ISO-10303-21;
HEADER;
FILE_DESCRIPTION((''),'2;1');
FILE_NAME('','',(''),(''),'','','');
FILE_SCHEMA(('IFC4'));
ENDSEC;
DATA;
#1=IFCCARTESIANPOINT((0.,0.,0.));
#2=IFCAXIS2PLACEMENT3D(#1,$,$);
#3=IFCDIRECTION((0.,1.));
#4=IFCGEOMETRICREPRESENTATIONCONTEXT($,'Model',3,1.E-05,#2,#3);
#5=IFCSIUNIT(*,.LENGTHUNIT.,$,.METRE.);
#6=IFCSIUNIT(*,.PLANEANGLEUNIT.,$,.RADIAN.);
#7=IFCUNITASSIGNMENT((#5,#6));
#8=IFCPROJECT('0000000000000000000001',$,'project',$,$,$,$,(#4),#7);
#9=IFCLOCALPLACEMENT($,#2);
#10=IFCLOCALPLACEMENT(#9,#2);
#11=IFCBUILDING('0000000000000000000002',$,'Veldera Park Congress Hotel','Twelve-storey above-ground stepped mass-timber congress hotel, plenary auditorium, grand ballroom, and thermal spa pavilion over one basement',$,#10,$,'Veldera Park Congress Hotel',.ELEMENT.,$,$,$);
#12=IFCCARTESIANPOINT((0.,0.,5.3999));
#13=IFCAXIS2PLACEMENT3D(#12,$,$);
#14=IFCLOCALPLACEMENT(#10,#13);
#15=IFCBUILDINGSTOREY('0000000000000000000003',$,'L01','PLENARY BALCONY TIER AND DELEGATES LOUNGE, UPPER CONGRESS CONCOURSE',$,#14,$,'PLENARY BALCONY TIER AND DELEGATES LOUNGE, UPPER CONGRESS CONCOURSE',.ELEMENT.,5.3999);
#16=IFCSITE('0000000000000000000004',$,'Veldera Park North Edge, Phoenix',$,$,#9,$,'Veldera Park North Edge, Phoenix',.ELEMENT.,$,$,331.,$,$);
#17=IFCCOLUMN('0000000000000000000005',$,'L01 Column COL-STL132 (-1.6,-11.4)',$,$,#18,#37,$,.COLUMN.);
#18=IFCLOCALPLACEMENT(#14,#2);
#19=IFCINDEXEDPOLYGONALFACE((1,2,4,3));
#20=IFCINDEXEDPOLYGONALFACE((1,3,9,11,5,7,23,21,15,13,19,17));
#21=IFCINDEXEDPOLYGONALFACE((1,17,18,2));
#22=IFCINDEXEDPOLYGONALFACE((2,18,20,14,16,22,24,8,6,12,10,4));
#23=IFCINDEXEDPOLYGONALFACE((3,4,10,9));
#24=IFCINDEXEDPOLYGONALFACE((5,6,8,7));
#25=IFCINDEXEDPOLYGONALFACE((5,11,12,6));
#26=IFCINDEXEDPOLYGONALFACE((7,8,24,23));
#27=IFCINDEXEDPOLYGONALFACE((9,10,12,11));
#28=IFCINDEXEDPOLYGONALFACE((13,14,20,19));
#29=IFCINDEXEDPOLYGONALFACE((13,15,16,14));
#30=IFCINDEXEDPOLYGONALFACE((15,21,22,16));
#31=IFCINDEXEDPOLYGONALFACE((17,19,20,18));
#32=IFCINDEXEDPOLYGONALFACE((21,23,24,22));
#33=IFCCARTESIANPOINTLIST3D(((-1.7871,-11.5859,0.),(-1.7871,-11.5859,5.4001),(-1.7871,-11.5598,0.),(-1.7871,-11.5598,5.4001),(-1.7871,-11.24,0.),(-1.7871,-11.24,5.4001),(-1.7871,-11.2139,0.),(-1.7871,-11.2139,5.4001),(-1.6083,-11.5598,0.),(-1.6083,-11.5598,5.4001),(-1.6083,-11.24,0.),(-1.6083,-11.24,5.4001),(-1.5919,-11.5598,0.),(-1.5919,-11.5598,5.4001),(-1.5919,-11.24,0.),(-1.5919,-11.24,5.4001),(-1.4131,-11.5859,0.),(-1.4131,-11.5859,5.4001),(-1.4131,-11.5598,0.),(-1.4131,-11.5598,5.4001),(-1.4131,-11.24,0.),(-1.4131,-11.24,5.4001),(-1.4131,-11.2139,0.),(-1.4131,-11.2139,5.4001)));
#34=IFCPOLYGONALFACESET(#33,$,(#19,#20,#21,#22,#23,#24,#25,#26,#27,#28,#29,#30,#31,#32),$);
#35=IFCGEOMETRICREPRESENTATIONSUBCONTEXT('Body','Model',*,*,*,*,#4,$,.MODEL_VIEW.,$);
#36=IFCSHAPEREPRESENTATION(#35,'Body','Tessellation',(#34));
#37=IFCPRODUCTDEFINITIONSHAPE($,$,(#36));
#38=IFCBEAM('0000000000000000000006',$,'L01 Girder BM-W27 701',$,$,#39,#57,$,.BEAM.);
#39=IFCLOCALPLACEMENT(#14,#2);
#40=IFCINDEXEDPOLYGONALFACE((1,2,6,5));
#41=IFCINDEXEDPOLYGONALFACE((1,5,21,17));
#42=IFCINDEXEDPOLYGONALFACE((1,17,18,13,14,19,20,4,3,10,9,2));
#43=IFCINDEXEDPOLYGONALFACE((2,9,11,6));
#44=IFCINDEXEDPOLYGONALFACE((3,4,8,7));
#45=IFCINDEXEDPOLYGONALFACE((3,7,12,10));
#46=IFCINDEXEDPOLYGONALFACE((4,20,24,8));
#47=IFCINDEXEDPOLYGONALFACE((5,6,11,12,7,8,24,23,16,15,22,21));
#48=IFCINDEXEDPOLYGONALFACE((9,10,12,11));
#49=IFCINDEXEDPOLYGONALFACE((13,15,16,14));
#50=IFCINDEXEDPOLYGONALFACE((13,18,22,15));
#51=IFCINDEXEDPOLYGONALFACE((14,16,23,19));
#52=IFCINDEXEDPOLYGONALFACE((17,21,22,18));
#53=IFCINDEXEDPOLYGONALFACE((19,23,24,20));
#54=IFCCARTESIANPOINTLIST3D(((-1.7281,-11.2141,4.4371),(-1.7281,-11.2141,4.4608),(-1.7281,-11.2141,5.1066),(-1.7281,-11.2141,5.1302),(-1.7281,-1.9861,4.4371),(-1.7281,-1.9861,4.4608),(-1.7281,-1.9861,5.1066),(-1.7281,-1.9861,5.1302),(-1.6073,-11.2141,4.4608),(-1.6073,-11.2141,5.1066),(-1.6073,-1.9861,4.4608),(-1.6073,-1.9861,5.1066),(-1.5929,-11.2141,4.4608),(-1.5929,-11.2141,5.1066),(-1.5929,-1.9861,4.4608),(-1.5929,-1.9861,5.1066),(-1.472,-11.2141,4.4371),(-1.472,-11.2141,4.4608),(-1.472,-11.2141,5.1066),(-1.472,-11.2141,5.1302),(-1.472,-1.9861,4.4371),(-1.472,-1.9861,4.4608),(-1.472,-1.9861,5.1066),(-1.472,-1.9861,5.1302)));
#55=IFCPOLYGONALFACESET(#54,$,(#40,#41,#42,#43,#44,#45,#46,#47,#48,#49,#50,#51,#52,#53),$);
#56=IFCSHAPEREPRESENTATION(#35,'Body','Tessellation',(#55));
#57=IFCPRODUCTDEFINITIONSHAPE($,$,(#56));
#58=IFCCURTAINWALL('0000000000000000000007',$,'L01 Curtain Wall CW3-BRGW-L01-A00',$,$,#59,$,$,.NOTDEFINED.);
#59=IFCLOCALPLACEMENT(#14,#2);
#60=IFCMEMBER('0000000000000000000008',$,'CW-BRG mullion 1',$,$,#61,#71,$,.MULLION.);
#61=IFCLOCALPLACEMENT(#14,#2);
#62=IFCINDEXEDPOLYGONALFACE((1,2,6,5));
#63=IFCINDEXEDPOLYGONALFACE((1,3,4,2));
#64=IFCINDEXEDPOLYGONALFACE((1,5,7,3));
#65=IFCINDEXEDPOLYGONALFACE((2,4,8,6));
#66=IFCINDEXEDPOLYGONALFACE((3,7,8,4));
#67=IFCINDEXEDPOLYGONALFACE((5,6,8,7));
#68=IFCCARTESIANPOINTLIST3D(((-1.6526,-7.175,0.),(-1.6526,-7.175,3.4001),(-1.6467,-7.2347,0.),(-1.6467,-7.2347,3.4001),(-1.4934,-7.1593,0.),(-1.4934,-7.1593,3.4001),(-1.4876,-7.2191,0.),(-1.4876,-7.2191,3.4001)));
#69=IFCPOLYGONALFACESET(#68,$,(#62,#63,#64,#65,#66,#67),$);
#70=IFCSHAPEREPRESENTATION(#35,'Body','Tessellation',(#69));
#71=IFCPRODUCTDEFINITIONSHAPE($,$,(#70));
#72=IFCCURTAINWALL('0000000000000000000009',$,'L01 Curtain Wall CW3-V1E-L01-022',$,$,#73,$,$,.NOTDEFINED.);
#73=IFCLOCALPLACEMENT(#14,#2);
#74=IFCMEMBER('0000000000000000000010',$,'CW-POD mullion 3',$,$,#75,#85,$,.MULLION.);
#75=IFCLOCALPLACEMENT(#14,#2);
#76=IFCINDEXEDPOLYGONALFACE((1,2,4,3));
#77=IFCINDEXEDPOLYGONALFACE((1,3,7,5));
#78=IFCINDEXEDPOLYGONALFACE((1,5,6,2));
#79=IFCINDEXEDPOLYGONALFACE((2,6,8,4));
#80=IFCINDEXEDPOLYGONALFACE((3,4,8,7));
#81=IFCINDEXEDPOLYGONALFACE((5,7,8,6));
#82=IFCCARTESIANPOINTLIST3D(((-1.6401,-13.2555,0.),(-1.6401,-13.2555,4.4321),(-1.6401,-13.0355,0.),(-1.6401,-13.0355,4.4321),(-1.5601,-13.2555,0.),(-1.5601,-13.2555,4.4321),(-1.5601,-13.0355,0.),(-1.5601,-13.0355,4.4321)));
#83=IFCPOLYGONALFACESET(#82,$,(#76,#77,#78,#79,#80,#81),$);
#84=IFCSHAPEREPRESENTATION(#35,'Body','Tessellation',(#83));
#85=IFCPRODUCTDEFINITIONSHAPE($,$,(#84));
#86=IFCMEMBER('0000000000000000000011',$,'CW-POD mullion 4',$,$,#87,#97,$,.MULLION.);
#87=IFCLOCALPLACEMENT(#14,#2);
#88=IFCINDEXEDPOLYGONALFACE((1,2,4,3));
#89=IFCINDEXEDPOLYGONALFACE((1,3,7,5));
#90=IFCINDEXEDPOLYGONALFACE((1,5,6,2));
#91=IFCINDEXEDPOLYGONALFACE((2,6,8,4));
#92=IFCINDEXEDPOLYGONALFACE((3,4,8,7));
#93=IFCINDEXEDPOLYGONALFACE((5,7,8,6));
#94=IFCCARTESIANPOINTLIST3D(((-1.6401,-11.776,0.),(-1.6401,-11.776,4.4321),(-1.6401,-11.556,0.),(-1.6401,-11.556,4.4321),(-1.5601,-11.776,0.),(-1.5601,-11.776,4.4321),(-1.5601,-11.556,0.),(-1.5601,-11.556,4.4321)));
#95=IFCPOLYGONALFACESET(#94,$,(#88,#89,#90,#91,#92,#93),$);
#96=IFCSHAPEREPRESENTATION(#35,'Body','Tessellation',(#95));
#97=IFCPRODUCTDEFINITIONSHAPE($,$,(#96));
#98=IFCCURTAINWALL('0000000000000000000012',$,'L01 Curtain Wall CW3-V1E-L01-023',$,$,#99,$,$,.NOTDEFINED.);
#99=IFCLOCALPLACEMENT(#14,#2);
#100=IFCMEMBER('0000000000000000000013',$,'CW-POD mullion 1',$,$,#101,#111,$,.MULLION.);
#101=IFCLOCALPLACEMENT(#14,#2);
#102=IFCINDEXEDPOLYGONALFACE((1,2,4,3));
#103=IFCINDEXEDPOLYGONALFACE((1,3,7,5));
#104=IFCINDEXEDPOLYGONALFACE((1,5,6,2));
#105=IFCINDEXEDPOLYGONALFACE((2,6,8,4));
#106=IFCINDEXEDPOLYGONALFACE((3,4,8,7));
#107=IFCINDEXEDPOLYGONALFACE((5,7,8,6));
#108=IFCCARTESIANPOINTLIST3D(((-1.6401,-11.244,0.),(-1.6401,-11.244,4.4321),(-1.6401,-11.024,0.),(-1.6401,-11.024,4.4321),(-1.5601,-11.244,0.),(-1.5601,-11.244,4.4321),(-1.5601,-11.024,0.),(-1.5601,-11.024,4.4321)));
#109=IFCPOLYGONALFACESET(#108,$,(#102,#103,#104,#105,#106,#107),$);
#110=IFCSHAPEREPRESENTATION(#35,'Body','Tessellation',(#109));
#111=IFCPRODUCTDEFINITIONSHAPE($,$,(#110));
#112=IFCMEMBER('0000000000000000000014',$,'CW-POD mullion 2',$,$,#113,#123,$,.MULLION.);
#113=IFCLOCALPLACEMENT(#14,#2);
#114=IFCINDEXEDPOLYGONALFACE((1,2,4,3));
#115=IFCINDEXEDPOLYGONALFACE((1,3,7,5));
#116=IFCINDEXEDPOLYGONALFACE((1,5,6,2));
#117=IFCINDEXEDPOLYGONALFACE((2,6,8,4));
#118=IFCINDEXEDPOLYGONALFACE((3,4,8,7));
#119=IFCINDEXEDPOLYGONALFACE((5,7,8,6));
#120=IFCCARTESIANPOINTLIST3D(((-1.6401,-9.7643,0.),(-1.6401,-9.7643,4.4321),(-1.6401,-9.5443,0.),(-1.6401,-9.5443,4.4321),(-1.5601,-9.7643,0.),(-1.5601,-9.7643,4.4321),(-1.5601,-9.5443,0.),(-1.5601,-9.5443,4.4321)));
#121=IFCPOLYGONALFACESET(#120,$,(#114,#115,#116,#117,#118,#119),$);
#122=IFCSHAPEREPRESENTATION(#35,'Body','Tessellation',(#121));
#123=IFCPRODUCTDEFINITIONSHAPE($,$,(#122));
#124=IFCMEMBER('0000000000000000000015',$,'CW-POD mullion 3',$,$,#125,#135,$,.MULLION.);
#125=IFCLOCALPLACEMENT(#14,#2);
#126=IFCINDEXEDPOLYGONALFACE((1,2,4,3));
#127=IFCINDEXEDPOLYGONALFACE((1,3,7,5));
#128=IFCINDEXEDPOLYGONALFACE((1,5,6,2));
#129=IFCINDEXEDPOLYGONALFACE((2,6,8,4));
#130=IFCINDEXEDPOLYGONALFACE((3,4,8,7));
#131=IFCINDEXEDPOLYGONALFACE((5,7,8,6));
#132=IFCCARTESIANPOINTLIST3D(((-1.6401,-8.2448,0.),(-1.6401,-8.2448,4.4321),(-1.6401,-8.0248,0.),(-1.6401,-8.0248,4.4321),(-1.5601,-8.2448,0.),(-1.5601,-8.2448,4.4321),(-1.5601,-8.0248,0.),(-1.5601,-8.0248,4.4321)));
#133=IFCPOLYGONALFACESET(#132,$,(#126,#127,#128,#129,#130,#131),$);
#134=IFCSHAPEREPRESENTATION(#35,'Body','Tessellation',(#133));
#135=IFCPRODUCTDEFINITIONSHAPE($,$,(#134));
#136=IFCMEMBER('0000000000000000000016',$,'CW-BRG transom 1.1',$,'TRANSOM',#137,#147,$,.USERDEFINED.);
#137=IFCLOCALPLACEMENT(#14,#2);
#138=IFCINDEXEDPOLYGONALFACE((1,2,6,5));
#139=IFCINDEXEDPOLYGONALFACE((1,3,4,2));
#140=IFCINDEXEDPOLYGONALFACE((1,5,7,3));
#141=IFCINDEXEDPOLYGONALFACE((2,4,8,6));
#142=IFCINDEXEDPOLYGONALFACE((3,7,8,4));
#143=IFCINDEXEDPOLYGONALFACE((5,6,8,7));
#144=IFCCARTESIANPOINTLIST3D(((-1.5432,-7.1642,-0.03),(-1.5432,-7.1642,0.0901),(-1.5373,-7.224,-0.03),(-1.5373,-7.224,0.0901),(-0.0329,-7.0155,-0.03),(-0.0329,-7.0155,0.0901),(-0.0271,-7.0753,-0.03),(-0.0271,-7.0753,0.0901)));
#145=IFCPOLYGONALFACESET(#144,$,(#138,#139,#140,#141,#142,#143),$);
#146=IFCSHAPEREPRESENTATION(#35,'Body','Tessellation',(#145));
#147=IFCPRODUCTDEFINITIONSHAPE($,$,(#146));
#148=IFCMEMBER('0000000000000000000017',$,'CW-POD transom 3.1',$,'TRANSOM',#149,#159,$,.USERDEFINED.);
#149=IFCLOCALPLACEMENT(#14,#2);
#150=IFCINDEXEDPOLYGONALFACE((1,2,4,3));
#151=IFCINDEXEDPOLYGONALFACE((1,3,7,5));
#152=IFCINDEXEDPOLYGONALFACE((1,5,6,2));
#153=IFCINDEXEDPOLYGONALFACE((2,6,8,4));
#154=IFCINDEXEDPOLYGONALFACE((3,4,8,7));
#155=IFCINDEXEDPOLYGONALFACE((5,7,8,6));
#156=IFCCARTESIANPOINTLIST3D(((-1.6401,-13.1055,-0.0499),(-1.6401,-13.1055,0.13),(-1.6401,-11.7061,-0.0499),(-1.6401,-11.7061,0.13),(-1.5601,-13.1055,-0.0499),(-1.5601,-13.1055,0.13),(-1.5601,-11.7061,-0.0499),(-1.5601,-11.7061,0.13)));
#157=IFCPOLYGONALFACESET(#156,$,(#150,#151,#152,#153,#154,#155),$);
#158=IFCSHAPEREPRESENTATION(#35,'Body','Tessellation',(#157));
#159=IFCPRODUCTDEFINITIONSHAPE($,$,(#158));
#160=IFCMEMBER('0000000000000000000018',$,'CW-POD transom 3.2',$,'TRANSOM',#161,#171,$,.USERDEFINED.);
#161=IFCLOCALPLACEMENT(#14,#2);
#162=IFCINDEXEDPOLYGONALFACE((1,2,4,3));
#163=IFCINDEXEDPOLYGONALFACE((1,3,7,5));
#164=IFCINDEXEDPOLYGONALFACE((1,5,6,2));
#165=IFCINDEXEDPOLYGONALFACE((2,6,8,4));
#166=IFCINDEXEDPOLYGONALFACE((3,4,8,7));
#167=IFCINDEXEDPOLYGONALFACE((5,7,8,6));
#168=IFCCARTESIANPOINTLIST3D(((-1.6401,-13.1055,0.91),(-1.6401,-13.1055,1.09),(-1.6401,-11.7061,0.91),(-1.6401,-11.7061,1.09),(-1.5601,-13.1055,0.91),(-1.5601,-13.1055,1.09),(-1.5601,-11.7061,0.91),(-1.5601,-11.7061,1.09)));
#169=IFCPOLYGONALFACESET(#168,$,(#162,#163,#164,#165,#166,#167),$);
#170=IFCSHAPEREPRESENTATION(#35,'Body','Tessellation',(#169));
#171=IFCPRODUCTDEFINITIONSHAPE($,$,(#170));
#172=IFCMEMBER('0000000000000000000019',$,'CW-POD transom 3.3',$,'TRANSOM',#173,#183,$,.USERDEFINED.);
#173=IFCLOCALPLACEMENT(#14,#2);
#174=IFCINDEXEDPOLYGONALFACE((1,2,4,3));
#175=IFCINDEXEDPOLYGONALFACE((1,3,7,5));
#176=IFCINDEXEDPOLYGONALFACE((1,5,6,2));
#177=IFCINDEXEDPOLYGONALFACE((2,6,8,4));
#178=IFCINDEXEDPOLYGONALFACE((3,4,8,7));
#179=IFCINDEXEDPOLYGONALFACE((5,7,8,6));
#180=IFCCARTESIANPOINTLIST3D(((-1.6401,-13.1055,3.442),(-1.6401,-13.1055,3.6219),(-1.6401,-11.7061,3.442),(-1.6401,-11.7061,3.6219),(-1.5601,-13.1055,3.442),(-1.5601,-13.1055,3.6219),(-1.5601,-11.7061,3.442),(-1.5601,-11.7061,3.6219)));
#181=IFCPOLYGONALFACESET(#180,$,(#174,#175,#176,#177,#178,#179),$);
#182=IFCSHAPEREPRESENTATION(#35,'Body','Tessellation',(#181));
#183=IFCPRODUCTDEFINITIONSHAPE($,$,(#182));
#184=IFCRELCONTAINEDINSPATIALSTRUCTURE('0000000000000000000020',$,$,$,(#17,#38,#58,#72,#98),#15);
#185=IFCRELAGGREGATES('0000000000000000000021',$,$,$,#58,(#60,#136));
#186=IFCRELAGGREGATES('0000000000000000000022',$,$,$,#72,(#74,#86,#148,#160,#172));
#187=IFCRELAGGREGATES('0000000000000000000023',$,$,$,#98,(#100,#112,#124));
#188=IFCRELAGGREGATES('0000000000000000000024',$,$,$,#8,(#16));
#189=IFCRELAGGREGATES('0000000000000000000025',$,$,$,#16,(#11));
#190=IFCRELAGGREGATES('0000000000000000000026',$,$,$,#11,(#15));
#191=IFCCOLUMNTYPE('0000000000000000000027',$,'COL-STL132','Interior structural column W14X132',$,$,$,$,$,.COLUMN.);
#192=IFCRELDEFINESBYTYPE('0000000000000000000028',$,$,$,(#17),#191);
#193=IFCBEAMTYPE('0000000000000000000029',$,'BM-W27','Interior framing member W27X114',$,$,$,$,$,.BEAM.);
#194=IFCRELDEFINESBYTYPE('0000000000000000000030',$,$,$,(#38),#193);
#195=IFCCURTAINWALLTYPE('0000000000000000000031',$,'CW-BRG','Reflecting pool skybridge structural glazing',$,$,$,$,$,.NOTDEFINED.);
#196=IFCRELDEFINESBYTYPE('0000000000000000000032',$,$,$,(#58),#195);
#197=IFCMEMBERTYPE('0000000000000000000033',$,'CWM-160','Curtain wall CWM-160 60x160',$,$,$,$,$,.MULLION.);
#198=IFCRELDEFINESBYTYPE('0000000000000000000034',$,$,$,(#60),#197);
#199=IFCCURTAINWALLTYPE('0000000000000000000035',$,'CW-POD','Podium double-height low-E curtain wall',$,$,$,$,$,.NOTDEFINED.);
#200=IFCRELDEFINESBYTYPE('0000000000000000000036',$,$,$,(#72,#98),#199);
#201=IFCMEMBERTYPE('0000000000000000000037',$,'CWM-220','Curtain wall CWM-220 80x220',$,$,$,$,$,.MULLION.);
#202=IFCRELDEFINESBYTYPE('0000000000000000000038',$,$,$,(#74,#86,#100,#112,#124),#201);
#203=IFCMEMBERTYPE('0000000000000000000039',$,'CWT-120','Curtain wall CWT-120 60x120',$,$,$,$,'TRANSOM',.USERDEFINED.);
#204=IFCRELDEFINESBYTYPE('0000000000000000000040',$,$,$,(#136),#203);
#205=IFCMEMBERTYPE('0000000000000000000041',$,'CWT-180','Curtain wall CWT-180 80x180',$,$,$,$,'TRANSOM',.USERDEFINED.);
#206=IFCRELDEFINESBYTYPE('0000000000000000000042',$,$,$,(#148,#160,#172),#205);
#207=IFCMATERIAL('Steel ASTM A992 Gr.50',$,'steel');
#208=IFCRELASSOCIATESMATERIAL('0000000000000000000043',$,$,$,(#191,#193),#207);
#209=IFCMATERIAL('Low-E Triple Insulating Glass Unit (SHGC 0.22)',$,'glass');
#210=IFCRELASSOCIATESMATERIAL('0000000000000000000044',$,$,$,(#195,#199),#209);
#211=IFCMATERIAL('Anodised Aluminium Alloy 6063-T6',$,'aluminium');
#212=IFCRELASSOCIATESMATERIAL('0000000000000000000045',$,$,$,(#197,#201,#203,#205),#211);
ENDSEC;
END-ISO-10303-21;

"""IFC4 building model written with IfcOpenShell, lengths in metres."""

from ifc_helpers import new_model, si_unit, direction, frame, origin, origin_2d, place, context, subcontext, project, spatial, rectangle, i_section, extrude, material, material_profile, profile_set, type_object, element, aggregate, save


model = new_model("IFC4")

# Units and contexts
model_context = context("Model", 3, precision=1e-05, world=origin(), true_north=direction((0.0, 1.0)))
body_context = subcontext(model_context, "Body", "Model", "MODEL_VIEW")
ifc_project = project(units=[si_unit("LENGTHUNIT", "METRE"), si_unit("PLANEANGLEUNIT", "RADIAN")], contexts=[model_context])

# Site, building, storey
site_placement = place(None, origin())
site = spatial("IfcSite", under=ifc_project, at=site_placement, Name="Veldera Park North Edge, Phoenix", LongName="Veldera Park North Edge, Phoenix", CompositionType="ELEMENT", RefElevation=331.0)
building_placement = place(site_placement, origin())
building = spatial("IfcBuilding", under=site, at=building_placement, Name="Veldera Park Congress Hotel", Description="Twelve-storey above-ground stepped mass-timber congress hotel, plenary auditorium, grand ballroom, and thermal spa pavilion over one basement", LongName="Veldera Park Congress Hotel", CompositionType="ELEMENT")
storey_placement = place(building_placement, frame((0.0, 0.0, 5.3999)))
storey = spatial("IfcBuildingStorey", under=building, at=storey_placement, Name="L01", Description="PLENARY BALCONY TIER AND DELEGATES LOUNGE, UPPER CONGRESS CONCOURSE", LongName="PLENARY BALCONY TIER AND DELEGATES LOUNGE, UPPER CONGRESS CONCOURSE", CompositionType="ELEMENT", Elevation=5.3999)

# Column
ifc_material_1 = material(Name="Steel ASTM A992 Gr.50", Category="steel")
ifc_material_profile_1 = material_profile(ifc_material_1, i_section(OverallWidth=0.374, OverallDepth=0.3721, WebThickness=0.0164, FlangeThickness=0.0261, at=origin_2d()), Name="W14X132")
ifc_profile_set_1 = profile_set([ifc_material_profile_1], Name="Steel ASTM A992 Gr.50")
column_type = type_object("IfcColumnType", Name="COL-STL132", Description="Interior structural column W14X132", PredefinedType="COLUMN", material=ifc_profile_set_1)
column_placement = place(storey_placement, frame((-1.6001, -11.3999, 0.0), z_axis=(0.0, 0.0, 1.0), x_axis=(1.0, 0.0, 0.0)))
element("IfcColumn", 1, at=column_placement, inside=storey, type_object=column_type, Name="L01 Column COL-STL132 (-1.6,-11.4)", PredefinedType="COLUMN", context=body_context, shape_type="SweptSolid", body=[
    extrude(i_section(OverallWidth=0.374, OverallDepth=0.3721, WebThickness=0.0164, FlangeThickness=0.0261, at=origin_2d()), origin(), (0.0, 0.0, 1.0), 5.4001),
])

# Beam
ifc_material_profile_2 = material_profile(ifc_material_1, i_section(OverallWidth=0.2561, OverallDepth=0.6931, WebThickness=0.0144, FlangeThickness=0.0237, at=origin_2d()), Name="W27X114")
ifc_profile_set_2 = profile_set([ifc_material_profile_2], Name="Steel ASTM A992 Gr.50")
beam_type = type_object("IfcBeamType", Name="BM-W27", Description="Interior framing member W27X114", PredefinedType="BEAM", material=ifc_profile_set_2)
beam_placement = place(storey_placement, frame((-1.6001, -11.2141, 4.7837), z_axis=(0.0, 1.0, 0.0), x_axis=(-1.0, 0.0, 0.0)))
element("IfcBeam", 2, at=beam_placement, inside=storey, type_object=beam_type, Name="L01 Girder BM-W27 701", PredefinedType="BEAM", context=body_context, shape_type="SweptSolid", body=[
    extrude(i_section(OverallWidth=0.2561, OverallDepth=0.6931, WebThickness=0.0144, FlangeThickness=0.0237, at=origin_2d()), origin(), (0.0, 0.0, 1.0), 9.228),
])

# Curtain wall, member
ifc_material_2 = material(Name="Low-E Triple Insulating Glass Unit (SHGC 0.22)", Category="glass")
curtain_wall_type_1 = type_object("IfcCurtainWallType", Name="CW-BRG", Description="Reflecting pool skybridge structural glazing", PredefinedType="NOTDEFINED", material=ifc_material_2)
curtain_wall_1_placement = place(storey_placement, origin())
curtain_wall_1 = element("IfcCurtainWall", 3, at=curtain_wall_1_placement, inside=storey, type_object=curtain_wall_type_1, Name="L01 Curtain Wall CW3-BRGW-L01-A00", PredefinedType="NOTDEFINED")
ifc_material_3 = material(Name="Anodised Aluminium Alloy 6063-T6", Category="aluminium")
ifc_material_profile_3 = material_profile(ifc_material_3, rectangle(XDim=0.0601, YDim=0.1599, at=origin_2d()), Name="ALU 60x160")
ifc_profile_set_3 = profile_set([ifc_material_profile_3], Name="Anodised Aluminium Alloy 6063-T6")
member_type_1 = type_object("IfcMemberType", Name="CWM-160", Description="Curtain wall CWM-160 60x160", PredefinedType="MULLION", material=ifc_profile_set_3)
member_1_placement = place(storey_placement, frame((-1.5701, -7.197, 0.0), z_axis=(0.0, 0.0, 1.0), x_axis=(-0.098021, 0.995184, 0.0)))
member_1 = element("IfcMember", 4, at=member_1_placement, type_object=member_type_1, Name="CW-BRG mullion 1", PredefinedType="MULLION", context=body_context, shape_type="SweptSolid", body=[
    extrude(rectangle(XDim=0.0601, YDim=0.1599, at=origin_2d()), origin(), (0.0, 0.0, 1.0), 3.4001),
])

# Curtain walls, members
curtain_wall_type_2 = type_object("IfcCurtainWallType", Name="CW-POD", Description="Podium double-height low-E curtain wall", PredefinedType="NOTDEFINED", material=ifc_material_2)
curtain_wall_2_placement = place(storey_placement, origin())
curtain_wall_2 = element("IfcCurtainWall", 5, at=curtain_wall_2_placement, inside=storey, type_object=curtain_wall_type_2, Name="L01 Curtain Wall CW3-V1E-L01-022", PredefinedType="NOTDEFINED")
ifc_material_profile_4 = material_profile(ifc_material_3, rectangle(XDim=0.0801, YDim=0.22, at=origin_2d()), Name="ALU 80x220")
ifc_profile_set_4 = profile_set([ifc_material_profile_4], Name="Anodised Aluminium Alloy 6063-T6")
member_type_2 = type_object("IfcMemberType", Name="CWM-220", Description="Curtain wall CWM-220 80x220", PredefinedType="MULLION", material=ifc_profile_set_4)
member_2_placement = place(storey_placement, frame((-1.6001, -13.1455, 0.0), z_axis=(0.0, 0.0, 1.0), x_axis=(-1.0, 0.0, 0.0)))
member_2 = element("IfcMember", 6, at=member_2_placement, type_object=member_type_2, Name="CW-POD mullion 3", PredefinedType="MULLION", context=body_context, shape_type="SweptSolid", body=[
    extrude(rectangle(XDim=0.0801, YDim=0.22, at=origin_2d()), origin(), (0.0, 0.0, 1.0), 4.4321),
])
member_3_placement = place(storey_placement, frame((-1.6001, -11.666, 0.0), z_axis=(0.0, 0.0, 1.0), x_axis=(-1.0, 0.0, 0.0)))
member_3 = element("IfcMember", 7, at=member_3_placement, type_object=member_type_2, Name="CW-POD mullion 4", PredefinedType="MULLION", context=body_context, shape_type="SweptSolid", body=[
    extrude(rectangle(XDim=0.0801, YDim=0.22, at=origin_2d()), origin(), (0.0, 0.0, 1.0), 4.4321),
])
curtain_wall_3_placement = place(storey_placement, origin())
curtain_wall_3 = element("IfcCurtainWall", 8, at=curtain_wall_3_placement, inside=storey, type_object=curtain_wall_type_2, Name="L01 Curtain Wall CW3-V1E-L01-023", PredefinedType="NOTDEFINED")
member_4_placement = place(storey_placement, frame((-1.6001, -11.134, 0.0), z_axis=(0.0, 0.0, 1.0), x_axis=(-1.0, 0.0, 0.0)))
member_4 = element("IfcMember", 9, at=member_4_placement, type_object=member_type_2, Name="CW-POD mullion 1", PredefinedType="MULLION", context=body_context, shape_type="SweptSolid", body=[
    extrude(rectangle(XDim=0.0801, YDim=0.22, at=origin_2d()), origin(), (0.0, 0.0, 1.0), 4.4321),
])
member_5_placement = place(storey_placement, frame((-1.6001, -9.6543, 0.0), z_axis=(0.0, 0.0, 1.0), x_axis=(-1.0, 0.0, 0.0)))
member_5 = element("IfcMember", 10, at=member_5_placement, type_object=member_type_2, Name="CW-POD mullion 2", PredefinedType="MULLION", context=body_context, shape_type="SweptSolid", body=[
    extrude(rectangle(XDim=0.0801, YDim=0.22, at=origin_2d()), origin(), (0.0, 0.0, 1.0), 4.4321),
])
member_6_placement = place(storey_placement, frame((-1.6001, -8.1348, 0.0), z_axis=(0.0, 0.0, 1.0), x_axis=(-1.0, 0.0, 0.0)))
member_6 = element("IfcMember", 11, at=member_6_placement, type_object=member_type_2, Name="CW-POD mullion 3", PredefinedType="MULLION", context=body_context, shape_type="SweptSolid", body=[
    extrude(rectangle(XDim=0.0801, YDim=0.22, at=origin_2d()), origin(), (0.0, 0.0, 1.0), 4.4321),
])

# Members
ifc_material_profile_5 = material_profile(ifc_material_3, rectangle(XDim=0.0601, YDim=0.1201, at=origin_2d()), Name="ALU 60x120")
ifc_profile_set_5 = profile_set([ifc_material_profile_5], Name="Anodised Aluminium Alloy 6063-T6")
member_type_3 = type_object("IfcMemberType", Name="CWT-120", Description="Curtain wall CWT-120 60x120", ElementType="TRANSOM", PredefinedType="USERDEFINED", material=ifc_profile_set_5)
member_7_placement = place(storey_placement, frame((-1.5403, -7.1941, 0.03), z_axis=(0.995189, 0.097974, 0.0), x_axis=(-0.097974, 0.995189, 0.0)))
member_7 = element("IfcMember", 12, at=member_7_placement, type_object=member_type_3, Name="CW-BRG transom 1.1", ObjectType="TRANSOM", PredefinedType="USERDEFINED", context=body_context, shape_type="SweptSolid", body=[
    extrude(rectangle(XDim=0.0601, YDim=0.1201, at=origin_2d()), origin(), (0.0, 0.0, 1.0), 1.5176),
])
aggregate(curtain_wall_1, [member_1, member_7])
ifc_material_profile_6 = material_profile(ifc_material_3, rectangle(XDim=0.0801, YDim=0.1799, at=origin_2d()), Name="ALU 80x180")
ifc_profile_set_6 = profile_set([ifc_material_profile_6], Name="Anodised Aluminium Alloy 6063-T6")
member_type_4 = type_object("IfcMemberType", Name="CWT-180", Description="Curtain wall CWT-180 80x180", ElementType="TRANSOM", PredefinedType="USERDEFINED", material=ifc_profile_set_6)
member_8_placement = place(storey_placement, frame((-1.6001, -13.1055, 0.04), z_axis=(0.0, 1.0, 0.0), x_axis=(-1.0, 0.0, 0.0)))
member_8 = element("IfcMember", 13, at=member_8_placement, type_object=member_type_4, Name="CW-POD transom 3.1", ObjectType="TRANSOM", PredefinedType="USERDEFINED", context=body_context, shape_type="SweptSolid", body=[
    extrude(rectangle(XDim=0.0801, YDim=0.1799, at=origin_2d()), origin(), (0.0, 0.0, 1.0), 1.3994),
])
member_9_placement = place(storey_placement, frame((-1.6001, -13.1055, 1.0), z_axis=(0.0, 1.0, 0.0), x_axis=(-1.0, 0.0, 0.0)))
member_9 = element("IfcMember", 14, at=member_9_placement, type_object=member_type_4, Name="CW-POD transom 3.2", ObjectType="TRANSOM", PredefinedType="USERDEFINED", context=body_context, shape_type="SweptSolid", body=[
    extrude(rectangle(XDim=0.0801, YDim=0.1799, at=origin_2d()), origin(), (0.0, 0.0, 1.0), 1.3994),
])
member_10_placement = place(storey_placement, frame((-1.6001, -13.1055, 3.532), z_axis=(0.0, 1.0, 0.0), x_axis=(-1.0, 0.0, 0.0)))
member_10 = element("IfcMember", 15, at=member_10_placement, type_object=member_type_4, Name="CW-POD transom 3.3", ObjectType="TRANSOM", PredefinedType="USERDEFINED", context=body_context, shape_type="SweptSolid", body=[
    extrude(rectangle(XDim=0.0801, YDim=0.1799, at=origin_2d()), origin(), (0.0, 0.0, 1.0), 1.3994),
])

aggregate(curtain_wall_2, [member_2, member_3, member_8, member_9, member_10])
aggregate(curtain_wall_3, [member_4, member_5, member_6])

save(model, "model.ifc")
